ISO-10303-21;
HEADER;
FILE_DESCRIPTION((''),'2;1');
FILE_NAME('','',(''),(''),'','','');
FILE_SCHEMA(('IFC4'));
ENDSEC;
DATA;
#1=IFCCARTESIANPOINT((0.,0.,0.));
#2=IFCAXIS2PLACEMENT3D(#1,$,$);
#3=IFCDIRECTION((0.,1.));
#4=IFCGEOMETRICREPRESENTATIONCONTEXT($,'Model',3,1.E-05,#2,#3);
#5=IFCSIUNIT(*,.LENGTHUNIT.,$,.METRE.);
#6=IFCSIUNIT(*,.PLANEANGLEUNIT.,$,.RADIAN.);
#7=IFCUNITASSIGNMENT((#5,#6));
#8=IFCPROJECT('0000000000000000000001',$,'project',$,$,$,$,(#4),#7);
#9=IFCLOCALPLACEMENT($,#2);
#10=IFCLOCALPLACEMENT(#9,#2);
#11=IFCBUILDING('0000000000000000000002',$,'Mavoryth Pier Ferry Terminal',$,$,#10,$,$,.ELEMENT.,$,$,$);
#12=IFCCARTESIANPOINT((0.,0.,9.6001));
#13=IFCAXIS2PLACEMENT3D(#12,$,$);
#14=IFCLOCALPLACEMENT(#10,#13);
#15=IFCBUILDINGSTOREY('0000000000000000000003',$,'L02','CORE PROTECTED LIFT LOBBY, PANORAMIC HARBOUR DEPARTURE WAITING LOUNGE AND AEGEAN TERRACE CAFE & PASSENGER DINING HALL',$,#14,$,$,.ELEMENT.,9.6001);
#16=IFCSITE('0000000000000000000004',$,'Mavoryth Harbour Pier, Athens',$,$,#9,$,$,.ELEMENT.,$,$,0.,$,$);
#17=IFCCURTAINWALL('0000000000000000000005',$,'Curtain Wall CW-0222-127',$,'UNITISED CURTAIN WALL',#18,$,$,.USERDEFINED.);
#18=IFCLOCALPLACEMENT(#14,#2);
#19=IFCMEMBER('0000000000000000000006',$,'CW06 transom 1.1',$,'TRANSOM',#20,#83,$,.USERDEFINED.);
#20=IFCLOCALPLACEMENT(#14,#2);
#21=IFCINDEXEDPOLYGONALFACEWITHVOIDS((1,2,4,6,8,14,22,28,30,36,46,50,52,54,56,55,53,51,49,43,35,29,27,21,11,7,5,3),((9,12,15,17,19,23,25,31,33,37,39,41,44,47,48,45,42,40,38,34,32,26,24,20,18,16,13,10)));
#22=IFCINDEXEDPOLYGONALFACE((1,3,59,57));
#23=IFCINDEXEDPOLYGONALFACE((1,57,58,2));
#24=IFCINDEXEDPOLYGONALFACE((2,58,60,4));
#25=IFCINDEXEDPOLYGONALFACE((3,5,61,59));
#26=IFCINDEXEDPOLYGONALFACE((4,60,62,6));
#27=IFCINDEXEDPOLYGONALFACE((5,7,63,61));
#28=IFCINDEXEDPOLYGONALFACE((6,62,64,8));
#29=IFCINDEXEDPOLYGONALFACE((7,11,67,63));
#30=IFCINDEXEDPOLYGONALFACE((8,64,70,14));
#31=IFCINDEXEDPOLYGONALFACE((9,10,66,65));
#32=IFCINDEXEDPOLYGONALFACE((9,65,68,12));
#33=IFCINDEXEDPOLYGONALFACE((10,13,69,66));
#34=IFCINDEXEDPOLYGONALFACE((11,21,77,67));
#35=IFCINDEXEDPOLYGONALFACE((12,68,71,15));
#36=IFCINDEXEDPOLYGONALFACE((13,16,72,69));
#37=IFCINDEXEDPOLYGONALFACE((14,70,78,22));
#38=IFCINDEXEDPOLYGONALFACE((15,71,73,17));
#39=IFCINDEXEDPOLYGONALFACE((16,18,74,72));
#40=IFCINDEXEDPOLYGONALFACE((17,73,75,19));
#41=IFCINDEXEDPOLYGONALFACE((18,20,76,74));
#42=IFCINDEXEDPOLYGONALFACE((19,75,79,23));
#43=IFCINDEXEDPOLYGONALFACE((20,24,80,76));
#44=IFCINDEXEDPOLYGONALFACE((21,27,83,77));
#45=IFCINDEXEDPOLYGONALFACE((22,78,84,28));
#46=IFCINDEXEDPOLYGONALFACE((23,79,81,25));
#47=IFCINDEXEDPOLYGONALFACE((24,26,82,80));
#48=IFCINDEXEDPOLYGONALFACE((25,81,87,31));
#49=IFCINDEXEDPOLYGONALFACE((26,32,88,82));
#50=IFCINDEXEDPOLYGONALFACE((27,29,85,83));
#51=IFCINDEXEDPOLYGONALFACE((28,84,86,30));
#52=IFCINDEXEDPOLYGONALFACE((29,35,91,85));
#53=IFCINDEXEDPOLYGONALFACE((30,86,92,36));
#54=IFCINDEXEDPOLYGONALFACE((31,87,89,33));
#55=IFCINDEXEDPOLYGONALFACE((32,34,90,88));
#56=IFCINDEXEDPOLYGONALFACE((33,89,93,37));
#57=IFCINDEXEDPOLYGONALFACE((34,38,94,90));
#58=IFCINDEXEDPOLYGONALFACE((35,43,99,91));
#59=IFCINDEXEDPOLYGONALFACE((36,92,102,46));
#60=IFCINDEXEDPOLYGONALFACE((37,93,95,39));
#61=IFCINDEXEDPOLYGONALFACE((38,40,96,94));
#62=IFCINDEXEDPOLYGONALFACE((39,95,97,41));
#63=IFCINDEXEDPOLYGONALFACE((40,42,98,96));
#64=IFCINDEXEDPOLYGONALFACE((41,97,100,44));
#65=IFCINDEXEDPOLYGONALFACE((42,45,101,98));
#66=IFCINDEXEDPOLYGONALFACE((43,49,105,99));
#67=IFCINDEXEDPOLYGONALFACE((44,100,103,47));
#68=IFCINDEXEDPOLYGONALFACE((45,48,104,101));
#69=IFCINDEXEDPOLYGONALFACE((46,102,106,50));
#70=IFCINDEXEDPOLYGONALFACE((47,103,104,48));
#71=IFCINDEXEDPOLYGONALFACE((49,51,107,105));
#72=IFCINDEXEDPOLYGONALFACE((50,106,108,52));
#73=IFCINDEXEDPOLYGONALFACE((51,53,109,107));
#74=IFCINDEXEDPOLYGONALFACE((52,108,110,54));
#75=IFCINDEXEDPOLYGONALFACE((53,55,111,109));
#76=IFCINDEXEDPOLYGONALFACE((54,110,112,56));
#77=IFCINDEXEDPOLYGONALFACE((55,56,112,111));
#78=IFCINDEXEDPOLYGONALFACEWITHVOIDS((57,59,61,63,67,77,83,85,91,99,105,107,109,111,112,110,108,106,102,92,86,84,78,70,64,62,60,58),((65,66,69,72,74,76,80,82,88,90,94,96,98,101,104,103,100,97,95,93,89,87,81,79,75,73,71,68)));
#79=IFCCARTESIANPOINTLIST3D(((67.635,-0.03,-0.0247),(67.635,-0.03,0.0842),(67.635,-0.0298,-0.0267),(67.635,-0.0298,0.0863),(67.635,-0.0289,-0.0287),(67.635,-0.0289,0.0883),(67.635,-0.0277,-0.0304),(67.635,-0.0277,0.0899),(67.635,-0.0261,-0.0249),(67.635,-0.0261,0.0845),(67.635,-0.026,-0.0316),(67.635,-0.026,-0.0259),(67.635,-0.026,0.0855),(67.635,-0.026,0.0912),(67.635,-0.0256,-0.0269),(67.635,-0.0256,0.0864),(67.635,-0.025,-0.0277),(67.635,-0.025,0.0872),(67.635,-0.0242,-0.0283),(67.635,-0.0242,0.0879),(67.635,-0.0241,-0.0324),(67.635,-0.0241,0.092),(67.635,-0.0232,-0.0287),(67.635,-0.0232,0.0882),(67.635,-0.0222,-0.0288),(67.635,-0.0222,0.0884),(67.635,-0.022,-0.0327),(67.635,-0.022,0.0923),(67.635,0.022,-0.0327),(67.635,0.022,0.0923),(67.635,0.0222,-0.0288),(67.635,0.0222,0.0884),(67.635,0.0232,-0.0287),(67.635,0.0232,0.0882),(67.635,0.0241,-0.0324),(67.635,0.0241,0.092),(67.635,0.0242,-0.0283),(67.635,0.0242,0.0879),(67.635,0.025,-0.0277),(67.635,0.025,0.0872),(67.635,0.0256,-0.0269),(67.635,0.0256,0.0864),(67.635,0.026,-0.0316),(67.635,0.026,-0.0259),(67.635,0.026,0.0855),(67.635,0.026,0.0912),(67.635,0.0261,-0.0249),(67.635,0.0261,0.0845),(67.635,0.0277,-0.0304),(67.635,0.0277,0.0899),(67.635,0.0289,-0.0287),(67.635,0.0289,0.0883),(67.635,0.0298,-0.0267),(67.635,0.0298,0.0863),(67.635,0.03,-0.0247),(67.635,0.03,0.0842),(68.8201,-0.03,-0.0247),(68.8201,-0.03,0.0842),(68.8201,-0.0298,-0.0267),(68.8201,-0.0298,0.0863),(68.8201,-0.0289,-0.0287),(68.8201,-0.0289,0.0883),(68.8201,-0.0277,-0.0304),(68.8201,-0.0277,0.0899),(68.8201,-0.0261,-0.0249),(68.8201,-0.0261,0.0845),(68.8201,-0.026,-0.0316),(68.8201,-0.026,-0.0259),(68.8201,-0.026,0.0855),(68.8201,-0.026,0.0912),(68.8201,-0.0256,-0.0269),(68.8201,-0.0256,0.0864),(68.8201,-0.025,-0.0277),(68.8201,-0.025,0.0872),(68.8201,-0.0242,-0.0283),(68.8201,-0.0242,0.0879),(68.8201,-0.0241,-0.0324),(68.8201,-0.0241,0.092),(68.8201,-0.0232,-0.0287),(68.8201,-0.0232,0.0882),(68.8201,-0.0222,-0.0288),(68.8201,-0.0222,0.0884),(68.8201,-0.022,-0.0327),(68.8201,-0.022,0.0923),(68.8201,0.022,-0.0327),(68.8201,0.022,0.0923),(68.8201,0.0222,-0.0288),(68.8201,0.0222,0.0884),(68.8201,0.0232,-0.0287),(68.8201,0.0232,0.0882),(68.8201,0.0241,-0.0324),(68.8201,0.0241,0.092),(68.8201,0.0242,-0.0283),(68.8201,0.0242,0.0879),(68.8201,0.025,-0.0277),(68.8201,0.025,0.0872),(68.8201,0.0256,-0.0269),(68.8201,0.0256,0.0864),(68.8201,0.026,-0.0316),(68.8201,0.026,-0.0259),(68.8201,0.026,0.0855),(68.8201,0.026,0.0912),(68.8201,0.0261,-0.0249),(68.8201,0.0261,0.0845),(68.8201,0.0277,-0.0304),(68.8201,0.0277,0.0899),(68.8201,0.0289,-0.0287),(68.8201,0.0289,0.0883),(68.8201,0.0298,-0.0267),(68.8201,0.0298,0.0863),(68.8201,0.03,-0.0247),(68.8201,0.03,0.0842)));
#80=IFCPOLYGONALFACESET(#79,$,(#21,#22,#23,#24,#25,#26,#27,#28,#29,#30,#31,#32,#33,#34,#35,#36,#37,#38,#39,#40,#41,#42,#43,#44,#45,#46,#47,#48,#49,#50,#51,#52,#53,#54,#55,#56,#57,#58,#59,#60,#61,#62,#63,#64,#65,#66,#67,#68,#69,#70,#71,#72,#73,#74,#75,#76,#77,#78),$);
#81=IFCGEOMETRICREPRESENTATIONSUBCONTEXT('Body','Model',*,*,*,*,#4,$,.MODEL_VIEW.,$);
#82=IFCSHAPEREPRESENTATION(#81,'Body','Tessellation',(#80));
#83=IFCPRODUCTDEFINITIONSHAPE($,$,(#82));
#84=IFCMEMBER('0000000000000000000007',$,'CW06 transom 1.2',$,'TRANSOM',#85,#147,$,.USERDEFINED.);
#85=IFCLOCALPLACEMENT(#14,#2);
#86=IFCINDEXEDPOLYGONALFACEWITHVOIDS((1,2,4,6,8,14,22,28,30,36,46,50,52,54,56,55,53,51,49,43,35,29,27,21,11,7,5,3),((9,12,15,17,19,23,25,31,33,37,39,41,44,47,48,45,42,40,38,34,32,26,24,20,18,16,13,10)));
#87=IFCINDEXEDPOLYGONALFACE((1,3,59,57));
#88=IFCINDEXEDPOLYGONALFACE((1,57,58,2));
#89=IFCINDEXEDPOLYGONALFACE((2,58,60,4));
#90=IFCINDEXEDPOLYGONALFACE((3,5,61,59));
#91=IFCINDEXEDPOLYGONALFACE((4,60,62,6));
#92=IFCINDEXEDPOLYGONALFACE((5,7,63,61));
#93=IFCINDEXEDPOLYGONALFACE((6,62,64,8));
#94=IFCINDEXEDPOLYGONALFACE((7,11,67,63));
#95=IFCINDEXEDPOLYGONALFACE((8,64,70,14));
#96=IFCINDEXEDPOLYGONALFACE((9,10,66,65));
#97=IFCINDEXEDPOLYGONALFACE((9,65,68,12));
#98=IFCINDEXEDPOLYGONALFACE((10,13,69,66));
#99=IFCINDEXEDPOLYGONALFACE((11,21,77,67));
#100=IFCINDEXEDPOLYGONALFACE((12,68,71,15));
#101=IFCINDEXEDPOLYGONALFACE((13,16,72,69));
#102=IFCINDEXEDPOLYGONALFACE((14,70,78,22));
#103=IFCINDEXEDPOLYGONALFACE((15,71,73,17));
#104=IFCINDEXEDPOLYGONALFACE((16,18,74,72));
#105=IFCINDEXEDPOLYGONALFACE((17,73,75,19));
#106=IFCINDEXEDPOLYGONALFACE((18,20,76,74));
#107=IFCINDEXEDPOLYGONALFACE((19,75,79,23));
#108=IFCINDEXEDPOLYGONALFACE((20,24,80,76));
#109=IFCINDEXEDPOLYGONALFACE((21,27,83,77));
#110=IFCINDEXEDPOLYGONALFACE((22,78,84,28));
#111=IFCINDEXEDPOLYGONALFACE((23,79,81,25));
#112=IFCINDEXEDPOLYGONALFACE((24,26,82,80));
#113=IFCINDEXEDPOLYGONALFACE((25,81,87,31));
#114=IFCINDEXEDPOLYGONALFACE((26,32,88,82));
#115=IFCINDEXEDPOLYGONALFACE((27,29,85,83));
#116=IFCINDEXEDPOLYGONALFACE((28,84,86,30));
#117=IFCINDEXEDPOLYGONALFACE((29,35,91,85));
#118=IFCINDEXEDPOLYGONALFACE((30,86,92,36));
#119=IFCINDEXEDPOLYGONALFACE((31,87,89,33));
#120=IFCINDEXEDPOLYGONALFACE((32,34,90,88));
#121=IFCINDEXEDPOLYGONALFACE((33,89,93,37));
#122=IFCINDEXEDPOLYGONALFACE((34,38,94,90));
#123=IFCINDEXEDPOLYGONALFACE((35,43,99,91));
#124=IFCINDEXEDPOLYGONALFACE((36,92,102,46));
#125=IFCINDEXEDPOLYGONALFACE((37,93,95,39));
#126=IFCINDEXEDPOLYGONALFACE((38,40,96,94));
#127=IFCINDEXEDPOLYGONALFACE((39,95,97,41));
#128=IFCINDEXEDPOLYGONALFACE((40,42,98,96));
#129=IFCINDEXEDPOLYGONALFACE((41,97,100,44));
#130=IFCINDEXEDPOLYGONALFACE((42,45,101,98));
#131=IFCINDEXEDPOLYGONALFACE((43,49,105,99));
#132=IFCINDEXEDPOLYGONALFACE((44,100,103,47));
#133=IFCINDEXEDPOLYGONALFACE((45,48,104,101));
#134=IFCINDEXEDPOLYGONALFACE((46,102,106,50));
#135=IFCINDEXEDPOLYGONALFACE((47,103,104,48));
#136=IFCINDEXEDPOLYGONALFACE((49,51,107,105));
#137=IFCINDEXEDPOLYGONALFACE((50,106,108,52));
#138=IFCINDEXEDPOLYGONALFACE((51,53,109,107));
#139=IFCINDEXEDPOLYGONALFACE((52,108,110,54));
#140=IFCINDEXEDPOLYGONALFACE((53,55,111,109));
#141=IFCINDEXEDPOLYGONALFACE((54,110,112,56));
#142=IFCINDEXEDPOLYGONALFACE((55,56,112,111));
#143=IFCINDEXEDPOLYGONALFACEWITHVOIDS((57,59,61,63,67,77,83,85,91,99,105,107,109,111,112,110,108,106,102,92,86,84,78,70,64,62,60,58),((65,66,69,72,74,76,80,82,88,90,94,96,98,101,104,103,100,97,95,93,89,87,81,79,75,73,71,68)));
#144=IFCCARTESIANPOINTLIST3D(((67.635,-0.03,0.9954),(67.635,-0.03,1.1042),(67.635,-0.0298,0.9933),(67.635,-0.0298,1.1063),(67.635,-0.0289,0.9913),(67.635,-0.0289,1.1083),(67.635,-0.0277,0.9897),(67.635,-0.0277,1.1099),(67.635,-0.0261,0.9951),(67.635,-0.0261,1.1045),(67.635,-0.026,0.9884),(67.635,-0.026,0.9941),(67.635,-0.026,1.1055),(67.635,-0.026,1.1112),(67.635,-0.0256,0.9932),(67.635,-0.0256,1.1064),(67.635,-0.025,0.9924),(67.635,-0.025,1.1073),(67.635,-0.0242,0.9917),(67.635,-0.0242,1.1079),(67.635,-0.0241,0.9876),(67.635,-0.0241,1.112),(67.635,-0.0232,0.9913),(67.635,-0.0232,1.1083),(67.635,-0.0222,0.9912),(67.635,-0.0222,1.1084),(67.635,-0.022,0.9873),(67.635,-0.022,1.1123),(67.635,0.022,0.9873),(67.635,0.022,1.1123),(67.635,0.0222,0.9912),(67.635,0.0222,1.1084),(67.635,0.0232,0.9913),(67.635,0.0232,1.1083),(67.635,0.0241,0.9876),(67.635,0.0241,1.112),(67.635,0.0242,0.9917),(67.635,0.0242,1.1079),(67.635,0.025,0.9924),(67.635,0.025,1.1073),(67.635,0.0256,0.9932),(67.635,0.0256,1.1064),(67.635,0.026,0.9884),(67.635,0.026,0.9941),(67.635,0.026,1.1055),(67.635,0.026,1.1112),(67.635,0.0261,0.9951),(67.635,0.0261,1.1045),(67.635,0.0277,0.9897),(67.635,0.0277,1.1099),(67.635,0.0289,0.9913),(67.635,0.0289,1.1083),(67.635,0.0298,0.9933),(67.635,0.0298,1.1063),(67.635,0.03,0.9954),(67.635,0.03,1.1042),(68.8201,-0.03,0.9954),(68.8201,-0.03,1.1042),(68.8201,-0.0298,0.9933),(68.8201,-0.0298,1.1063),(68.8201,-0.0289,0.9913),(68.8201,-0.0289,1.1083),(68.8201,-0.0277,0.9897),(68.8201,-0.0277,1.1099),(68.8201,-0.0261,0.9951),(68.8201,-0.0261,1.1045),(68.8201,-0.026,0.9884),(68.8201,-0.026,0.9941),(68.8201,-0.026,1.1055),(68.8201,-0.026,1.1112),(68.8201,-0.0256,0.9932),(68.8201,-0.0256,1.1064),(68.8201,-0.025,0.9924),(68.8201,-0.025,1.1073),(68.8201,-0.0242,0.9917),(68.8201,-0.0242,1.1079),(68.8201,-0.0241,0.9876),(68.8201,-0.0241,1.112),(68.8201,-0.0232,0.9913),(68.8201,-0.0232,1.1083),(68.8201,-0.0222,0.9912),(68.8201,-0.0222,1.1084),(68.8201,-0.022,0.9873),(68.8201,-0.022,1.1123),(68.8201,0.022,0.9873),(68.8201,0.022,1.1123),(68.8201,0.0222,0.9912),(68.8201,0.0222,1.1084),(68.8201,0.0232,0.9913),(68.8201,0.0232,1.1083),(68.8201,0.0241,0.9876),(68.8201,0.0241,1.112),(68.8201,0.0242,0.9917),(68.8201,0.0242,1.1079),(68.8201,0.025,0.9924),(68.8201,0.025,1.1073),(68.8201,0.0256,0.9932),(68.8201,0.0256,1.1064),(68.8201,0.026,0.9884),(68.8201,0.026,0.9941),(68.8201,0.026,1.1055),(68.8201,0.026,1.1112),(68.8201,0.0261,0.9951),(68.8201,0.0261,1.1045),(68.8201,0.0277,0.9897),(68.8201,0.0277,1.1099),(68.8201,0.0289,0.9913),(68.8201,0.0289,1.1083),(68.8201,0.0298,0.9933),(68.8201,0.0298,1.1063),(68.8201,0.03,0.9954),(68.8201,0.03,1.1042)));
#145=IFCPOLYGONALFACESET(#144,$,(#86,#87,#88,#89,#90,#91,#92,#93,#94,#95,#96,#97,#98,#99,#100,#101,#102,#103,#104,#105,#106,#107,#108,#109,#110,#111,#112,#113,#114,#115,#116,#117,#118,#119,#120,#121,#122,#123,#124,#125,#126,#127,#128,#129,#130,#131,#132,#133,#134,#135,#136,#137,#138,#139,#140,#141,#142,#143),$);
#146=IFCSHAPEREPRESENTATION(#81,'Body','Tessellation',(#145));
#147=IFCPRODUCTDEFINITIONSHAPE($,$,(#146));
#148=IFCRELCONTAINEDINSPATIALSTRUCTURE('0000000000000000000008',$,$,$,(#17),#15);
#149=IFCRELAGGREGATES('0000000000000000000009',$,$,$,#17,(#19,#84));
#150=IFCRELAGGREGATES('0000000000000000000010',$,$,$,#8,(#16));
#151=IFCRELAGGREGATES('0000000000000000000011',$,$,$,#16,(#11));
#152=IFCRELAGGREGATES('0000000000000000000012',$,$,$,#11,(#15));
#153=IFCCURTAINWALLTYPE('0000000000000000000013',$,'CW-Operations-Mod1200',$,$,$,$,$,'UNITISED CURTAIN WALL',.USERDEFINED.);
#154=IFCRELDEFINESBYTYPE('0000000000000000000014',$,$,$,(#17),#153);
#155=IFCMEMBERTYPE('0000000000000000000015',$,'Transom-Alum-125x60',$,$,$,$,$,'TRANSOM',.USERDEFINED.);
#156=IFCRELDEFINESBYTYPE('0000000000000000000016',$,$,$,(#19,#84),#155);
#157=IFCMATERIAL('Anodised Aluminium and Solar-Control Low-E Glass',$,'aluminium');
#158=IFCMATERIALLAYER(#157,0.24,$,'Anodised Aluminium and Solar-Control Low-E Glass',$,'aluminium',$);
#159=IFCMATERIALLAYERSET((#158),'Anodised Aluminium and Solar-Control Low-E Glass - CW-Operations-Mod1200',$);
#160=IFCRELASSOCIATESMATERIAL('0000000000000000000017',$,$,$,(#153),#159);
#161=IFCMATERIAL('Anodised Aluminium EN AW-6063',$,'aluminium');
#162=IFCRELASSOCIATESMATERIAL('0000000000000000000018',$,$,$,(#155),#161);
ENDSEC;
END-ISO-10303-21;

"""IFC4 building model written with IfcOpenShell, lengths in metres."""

from ifc_helpers import new_model, si_unit, direction, frame, origin, origin_2d, place, context, subcontext, project, spatial, hollow_rectangle, extrude, material, layer, layer_set, material_profile, profile_set, type_object, element, aggregate, save


model = new_model("IFC4")

# Units and contexts
model_context = context("Model", 3, precision=1e-05, world=origin(), true_north=direction((0.0, 1.0)))
body_context = subcontext(model_context, "Body", "Model", "MODEL_VIEW")
ifc_project = project(units=[si_unit("LENGTHUNIT", "METRE"), si_unit("PLANEANGLEUNIT", "RADIAN")], contexts=[model_context])

# Site, building, storey
site_placement = place(None, origin())
site = spatial("IfcSite", under=ifc_project, at=site_placement, Name="Mavoryth Harbour Pier, Athens", CompositionType="ELEMENT", RefElevation=0.0)
building_placement = place(site_placement, origin())
building = spatial("IfcBuilding", under=site, at=building_placement, Name="Mavoryth Pier Ferry Terminal", CompositionType="ELEMENT")
storey_placement = place(building_placement, frame((0.0, 0.0, 9.6001)))
storey = spatial("IfcBuildingStorey", under=building, at=storey_placement, Name="L02", Description="CORE PROTECTED LIFT LOBBY, PANORAMIC HARBOUR DEPARTURE WAITING LOUNGE AND AEGEAN TERRACE CAFE & PASSENGER DINING HALL", CompositionType="ELEMENT", Elevation=9.6001)

# Shared definitions
ifc_material_1 = material(Name="Anodised Aluminium and Solar-Control Low-E Glass", Category="aluminium")
ifc_layer_1 = layer(ifc_material_1, 0.24, Name="Anodised Aluminium and Solar-Control Low-E Glass", Category="aluminium")
ifc_layer_set_1 = layer_set([ifc_layer_1], Name="Anodised Aluminium and Solar-Control Low-E Glass - CW-Operations-Mod1200")
curtain_wall_type = type_object("IfcCurtainWallType", Name="CW-Operations-Mod1200", ElementType="UNITISED CURTAIN WALL", PredefinedType="USERDEFINED", material=ifc_layer_set_1)
ifc_material_2 = material(Name="Anodised Aluminium EN AW-6063", Category="aluminium")

# Curtain wall
curtain_wall_1_placement = place(storey_placement, origin())
curtain_wall_1 = element("IfcCurtainWall", 1, at=curtain_wall_1_placement, inside=storey, type_object=curtain_wall_type, Name="Curtain Wall CW-0222-127", ObjectType="UNITISED CURTAIN WALL", PredefinedType="USERDEFINED")

# Members
ifc_material_profile_1 = material_profile(ifc_material_2, hollow_rectangle(XDim=0.0601, YDim=0.125, WallThickness=0.0039, InnerFilletRadius=0.0039, OuterFilletRadius=0.0081, at=origin_2d()), Name="AL-TRAN 125x60x4", Category="aluminium")
ifc_profile_set_1 = profile_set([ifc_material_profile_1], Name="Anodised Aluminium EN AW-6063 - AL-TRAN 125x60x4")
member_type_1 = type_object("IfcMemberType", Name="Transom-Alum-125x60", ElementType="TRANSOM", PredefinedType="USERDEFINED", material=ifc_profile_set_1)
member_1_placement = place(storey_placement, frame((67.635, 0.0, 0.0298), z_axis=(1.0, 0.0, 0.0), x_axis=(0.0, 1.0, 0.0)))
member_1 = element("IfcMember", 2, at=member_1_placement, type_object=member_type_1, Name="CW06 transom 1.1", ObjectType="TRANSOM", PredefinedType="USERDEFINED", context=body_context, shape_type="SweptSolid", body=[
    extrude(hollow_rectangle(XDim=0.0601, YDim=0.125, WallThickness=0.0039, InnerFilletRadius=0.0039, OuterFilletRadius=0.0081, at=origin_2d()), origin(), (0.0, 0.0, 1.0), 1.1851),
])
member_2_placement = place(storey_placement, frame((67.635, 0.0, 1.0498), z_axis=(1.0, 0.0, 0.0), x_axis=(0.0, 1.0, 0.0)))
member_2 = element("IfcMember", 3, at=member_2_placement, type_object=member_type_1, Name="CW06 transom 1.2", ObjectType="TRANSOM", PredefinedType="USERDEFINED", context=body_context, shape_type="SweptSolid", body=[
    extrude(hollow_rectangle(XDim=0.0601, YDim=0.125, WallThickness=0.0039, InnerFilletRadius=0.0039, OuterFilletRadius=0.0081, at=origin_2d()), origin(), (0.0, 0.0, 1.0), 1.1851),
])

aggregate(curtain_wall_1, [member_1, member_2])

save(model, "model.ifc")
